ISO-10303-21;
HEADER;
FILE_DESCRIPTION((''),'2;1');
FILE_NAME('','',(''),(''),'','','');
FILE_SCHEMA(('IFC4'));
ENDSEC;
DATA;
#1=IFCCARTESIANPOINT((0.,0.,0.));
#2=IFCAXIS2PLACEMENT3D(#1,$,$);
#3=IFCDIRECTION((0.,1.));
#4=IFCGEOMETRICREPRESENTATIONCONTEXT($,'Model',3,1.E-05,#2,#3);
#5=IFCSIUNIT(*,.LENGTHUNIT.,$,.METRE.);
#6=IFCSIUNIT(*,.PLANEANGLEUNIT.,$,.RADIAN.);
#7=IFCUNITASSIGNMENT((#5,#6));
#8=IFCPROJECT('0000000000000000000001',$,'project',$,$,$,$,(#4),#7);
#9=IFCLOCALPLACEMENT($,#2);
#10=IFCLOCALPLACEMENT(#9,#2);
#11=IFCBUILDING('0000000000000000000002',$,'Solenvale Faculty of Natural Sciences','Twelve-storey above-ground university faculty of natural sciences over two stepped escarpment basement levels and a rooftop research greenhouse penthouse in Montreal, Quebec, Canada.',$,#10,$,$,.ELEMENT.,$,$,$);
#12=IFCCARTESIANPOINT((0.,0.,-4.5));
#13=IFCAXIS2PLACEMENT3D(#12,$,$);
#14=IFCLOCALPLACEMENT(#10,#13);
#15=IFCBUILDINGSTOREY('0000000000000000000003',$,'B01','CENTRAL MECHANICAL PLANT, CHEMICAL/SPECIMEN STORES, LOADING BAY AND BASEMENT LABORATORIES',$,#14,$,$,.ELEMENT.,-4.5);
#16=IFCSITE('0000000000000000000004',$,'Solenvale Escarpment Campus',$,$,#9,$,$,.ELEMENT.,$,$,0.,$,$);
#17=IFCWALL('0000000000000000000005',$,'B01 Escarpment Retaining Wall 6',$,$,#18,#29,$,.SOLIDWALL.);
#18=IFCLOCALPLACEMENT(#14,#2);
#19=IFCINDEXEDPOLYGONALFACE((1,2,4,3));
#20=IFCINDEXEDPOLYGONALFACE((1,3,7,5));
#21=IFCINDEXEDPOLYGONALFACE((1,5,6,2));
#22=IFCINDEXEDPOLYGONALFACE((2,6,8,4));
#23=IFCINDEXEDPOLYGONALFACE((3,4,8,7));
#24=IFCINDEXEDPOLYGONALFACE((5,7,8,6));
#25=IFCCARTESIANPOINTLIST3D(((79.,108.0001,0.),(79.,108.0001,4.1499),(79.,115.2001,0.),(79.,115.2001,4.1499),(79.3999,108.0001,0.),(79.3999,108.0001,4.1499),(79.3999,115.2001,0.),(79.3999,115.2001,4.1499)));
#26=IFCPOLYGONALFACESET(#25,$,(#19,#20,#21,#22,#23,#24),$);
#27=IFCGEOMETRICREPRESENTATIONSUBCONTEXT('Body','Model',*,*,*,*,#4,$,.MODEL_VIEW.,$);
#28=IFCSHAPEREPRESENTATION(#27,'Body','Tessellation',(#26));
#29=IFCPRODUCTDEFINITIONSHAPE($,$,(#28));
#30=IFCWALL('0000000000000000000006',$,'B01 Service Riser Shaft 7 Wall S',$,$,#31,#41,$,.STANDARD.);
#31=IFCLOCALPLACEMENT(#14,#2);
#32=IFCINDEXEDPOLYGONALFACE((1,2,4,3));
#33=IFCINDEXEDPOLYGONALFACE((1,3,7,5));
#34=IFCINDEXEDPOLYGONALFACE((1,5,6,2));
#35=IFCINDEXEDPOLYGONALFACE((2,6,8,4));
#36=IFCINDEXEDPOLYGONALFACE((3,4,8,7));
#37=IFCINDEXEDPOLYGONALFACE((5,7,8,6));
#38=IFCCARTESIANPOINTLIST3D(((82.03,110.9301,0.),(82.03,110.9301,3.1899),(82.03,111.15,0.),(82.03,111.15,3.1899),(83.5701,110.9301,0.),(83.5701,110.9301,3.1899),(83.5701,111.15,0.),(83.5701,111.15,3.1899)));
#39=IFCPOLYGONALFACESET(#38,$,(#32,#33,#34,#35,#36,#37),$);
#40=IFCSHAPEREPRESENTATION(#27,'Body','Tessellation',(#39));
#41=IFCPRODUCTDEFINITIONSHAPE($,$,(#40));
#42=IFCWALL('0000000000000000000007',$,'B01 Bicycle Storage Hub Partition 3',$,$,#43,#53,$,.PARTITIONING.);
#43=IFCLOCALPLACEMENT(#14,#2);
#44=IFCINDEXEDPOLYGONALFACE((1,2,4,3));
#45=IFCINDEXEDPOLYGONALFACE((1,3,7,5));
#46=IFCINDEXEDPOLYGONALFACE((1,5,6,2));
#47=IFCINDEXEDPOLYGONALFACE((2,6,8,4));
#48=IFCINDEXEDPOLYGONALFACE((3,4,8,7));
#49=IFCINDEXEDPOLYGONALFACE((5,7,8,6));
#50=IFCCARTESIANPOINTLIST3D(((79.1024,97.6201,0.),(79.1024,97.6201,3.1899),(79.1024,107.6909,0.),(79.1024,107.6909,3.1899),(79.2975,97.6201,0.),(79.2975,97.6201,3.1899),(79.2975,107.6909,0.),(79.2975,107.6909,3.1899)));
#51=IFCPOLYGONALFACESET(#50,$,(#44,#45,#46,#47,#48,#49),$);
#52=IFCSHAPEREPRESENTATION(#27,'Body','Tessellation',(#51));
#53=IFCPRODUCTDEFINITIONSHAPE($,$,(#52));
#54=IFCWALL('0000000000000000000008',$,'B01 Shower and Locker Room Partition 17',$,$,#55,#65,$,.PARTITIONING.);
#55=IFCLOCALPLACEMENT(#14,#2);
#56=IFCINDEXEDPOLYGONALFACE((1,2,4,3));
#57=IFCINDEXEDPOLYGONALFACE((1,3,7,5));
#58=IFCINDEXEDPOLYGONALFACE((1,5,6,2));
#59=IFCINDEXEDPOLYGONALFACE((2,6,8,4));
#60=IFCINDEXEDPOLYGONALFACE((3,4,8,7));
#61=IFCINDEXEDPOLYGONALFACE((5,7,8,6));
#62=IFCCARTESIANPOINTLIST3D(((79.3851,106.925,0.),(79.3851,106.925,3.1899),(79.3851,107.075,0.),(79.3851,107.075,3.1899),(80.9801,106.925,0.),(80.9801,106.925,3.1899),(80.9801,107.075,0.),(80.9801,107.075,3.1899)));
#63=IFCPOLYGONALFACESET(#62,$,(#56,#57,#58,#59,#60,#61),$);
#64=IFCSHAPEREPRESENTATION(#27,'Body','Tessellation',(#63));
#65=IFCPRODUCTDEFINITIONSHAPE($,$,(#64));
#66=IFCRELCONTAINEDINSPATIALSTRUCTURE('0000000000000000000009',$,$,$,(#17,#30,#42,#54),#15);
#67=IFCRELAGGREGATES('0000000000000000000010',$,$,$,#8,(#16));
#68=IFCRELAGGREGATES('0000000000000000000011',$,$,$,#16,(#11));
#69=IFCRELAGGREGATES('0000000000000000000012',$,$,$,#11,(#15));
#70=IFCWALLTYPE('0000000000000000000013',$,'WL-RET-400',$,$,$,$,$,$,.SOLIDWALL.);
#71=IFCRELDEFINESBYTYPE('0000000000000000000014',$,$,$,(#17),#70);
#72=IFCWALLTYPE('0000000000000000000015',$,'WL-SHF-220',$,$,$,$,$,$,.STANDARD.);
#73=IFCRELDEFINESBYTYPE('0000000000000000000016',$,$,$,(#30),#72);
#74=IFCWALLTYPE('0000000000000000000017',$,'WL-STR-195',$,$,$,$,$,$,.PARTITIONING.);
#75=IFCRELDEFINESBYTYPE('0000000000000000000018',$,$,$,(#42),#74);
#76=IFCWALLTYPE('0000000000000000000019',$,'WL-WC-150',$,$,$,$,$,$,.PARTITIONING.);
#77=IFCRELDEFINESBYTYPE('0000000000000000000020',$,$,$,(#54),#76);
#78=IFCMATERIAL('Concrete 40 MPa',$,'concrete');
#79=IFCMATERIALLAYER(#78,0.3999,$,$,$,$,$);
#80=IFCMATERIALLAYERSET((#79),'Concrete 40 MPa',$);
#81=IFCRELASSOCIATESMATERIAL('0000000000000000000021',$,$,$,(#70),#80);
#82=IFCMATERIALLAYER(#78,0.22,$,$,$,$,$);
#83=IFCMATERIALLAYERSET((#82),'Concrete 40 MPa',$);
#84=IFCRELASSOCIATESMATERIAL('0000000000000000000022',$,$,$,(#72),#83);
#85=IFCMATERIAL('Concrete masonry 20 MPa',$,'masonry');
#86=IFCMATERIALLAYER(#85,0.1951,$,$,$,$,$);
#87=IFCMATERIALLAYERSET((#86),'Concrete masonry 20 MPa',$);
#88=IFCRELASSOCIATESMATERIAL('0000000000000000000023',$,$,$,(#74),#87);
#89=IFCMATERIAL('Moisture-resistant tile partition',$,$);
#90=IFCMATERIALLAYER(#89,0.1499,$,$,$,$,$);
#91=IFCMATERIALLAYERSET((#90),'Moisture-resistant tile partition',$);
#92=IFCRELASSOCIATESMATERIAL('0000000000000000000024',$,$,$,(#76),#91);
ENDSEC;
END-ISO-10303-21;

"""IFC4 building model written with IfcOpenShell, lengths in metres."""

from ifc_helpers import new_model, si_unit, direction, frame, frame_2d, origin, place, context, subcontext, project, spatial, rectangle, extrude, material, layer, layer_set, type_object, element, save


model = new_model("IFC4")

# Units and contexts
model_context = context("Model", 3, precision=1e-05, world=origin(), true_north=direction((0.0, 1.0)))
body_context = subcontext(model_context, "Body", "Model", "MODEL_VIEW")
ifc_project = project(units=[si_unit("LENGTHUNIT", "METRE"), si_unit("PLANEANGLEUNIT", "RADIAN")], contexts=[model_context])

# Site, building, storey
site_placement = place(None, origin())
site = spatial("IfcSite", under=ifc_project, at=site_placement, Name="Solenvale Escarpment Campus", CompositionType="ELEMENT", RefElevation=0.0)
building_placement = place(site_placement, origin())
building = spatial("IfcBuilding", under=site, at=building_placement, Name="Solenvale Faculty of Natural Sciences", Description="Twelve-storey above-ground university faculty of natural sciences over two stepped escarpment basement levels and a rooftop research greenhouse penthouse in Montreal, Quebec, Canada.", CompositionType="ELEMENT")
storey_placement = place(building_placement, frame((0.0, 0.0, -4.5)))
storey = spatial("IfcBuildingStorey", under=building, at=storey_placement, Name="B01", Description="CENTRAL MECHANICAL PLANT, CHEMICAL/SPECIMEN STORES, LOADING BAY AND BASEMENT LABORATORIES", CompositionType="ELEMENT", Elevation=-4.5)

# Shared definitions
ifc_material_1 = material(Name="Concrete 40 MPa", Category="concrete")

# Wall
ifc_layer_1 = layer(ifc_material_1, 0.3999)
ifc_layer_set_1 = layer_set([ifc_layer_1], Name="Concrete 40 MPa")
wall_type_1 = type_object("IfcWallType", Name="WL-RET-400", PredefinedType="SOLIDWALL", material=ifc_layer_set_1)
wall_1_placement = place(storey_placement, frame((79.2, 108.0, 0.0), z_axis=(0.0, 0.0, 1.0), x_axis=(0.0, 1.0, 0.0)))
element("IfcWall", 1, at=wall_1_placement, inside=storey, type_object=wall_type_1, Name="B01 Escarpment Retaining Wall 6", PredefinedType="SOLIDWALL", context=body_context, shape_type="SweptSolid", body=[
    extrude(rectangle(XDim=7.2, YDim=0.3999, at=frame_2d((3.6001, 0.0))), origin(), (0.0, 0.0, 1.0), 4.1499),
])

# Walls
ifc_layer_2 = layer(ifc_material_1, 0.22)
ifc_layer_set_2 = layer_set([ifc_layer_2], Name="Concrete 40 MPa")
wall_type_2 = type_object("IfcWallType", Name="WL-SHF-220", PredefinedType="STANDARD", material=ifc_layer_set_2)
wall_2_placement = place(storey_placement, frame((82.03, 111.04, 0.0), z_axis=(0.0, 0.0, 1.0), x_axis=(1.0, 0.0, 0.0)))
element("IfcWall", 2, at=wall_2_placement, inside=storey, type_object=wall_type_2, Name="B01 Service Riser Shaft 7 Wall S", PredefinedType="STANDARD", context=body_context, shape_type="SweptSolid", body=[
    extrude(rectangle(XDim=1.54, YDim=0.22, at=frame_2d((0.77, 0.0))), origin(), (0.0, 0.0, 1.0), 3.1899),
])
ifc_material_2 = material(Name="Concrete masonry 20 MPa", Category="masonry")
ifc_layer_3 = layer(ifc_material_2, 0.1951)
ifc_layer_set_3 = layer_set([ifc_layer_3], Name="Concrete masonry 20 MPa")
wall_type_3 = type_object("IfcWallType", Name="WL-STR-195", PredefinedType="PARTITIONING", material=ifc_layer_set_3)
wall_3_placement = place(storey_placement, frame((79.2, 107.6909, 0.0), z_axis=(0.0, 0.0, 1.0), x_axis=(0.0, -1.0, 0.0)))
element("IfcWall", 3, at=wall_3_placement, inside=storey, type_object=wall_type_3, Name="B01 Bicycle Storage Hub Partition 3", PredefinedType="PARTITIONING", context=body_context, shape_type="SweptSolid", body=[
    extrude(rectangle(XDim=10.0708, YDim=0.1951, at=frame_2d((5.0354, 0.0))), origin(), (0.0, 0.0, 1.0), 3.1899),
])
ifc_material_3 = material(Name="Moisture-resistant tile partition")
ifc_layer_4 = layer(ifc_material_3, 0.1499)
ifc_layer_set_4 = layer_set([ifc_layer_4], Name="Moisture-resistant tile partition")
wall_type_4 = type_object("IfcWallType", Name="WL-WC-150", PredefinedType="PARTITIONING", material=ifc_layer_set_4)
wall_4_placement = place(storey_placement, frame((80.98, 107.0, 0.0), z_axis=(0.0, 0.0, 1.0), x_axis=(-1.0, 0.0, 0.0)))
element("IfcWall", 4, at=wall_4_placement, inside=storey, type_object=wall_type_4, Name="B01 Shower and Locker Room Partition 17", PredefinedType="PARTITIONING", context=body_context, shape_type="SweptSolid", body=[
    extrude(rectangle(XDim=1.595, YDim=0.1499, at=frame_2d((0.7974, 0.0))), origin(), (0.0, 0.0, 1.0), 3.1899),
])

save(model, "model.ifc")
